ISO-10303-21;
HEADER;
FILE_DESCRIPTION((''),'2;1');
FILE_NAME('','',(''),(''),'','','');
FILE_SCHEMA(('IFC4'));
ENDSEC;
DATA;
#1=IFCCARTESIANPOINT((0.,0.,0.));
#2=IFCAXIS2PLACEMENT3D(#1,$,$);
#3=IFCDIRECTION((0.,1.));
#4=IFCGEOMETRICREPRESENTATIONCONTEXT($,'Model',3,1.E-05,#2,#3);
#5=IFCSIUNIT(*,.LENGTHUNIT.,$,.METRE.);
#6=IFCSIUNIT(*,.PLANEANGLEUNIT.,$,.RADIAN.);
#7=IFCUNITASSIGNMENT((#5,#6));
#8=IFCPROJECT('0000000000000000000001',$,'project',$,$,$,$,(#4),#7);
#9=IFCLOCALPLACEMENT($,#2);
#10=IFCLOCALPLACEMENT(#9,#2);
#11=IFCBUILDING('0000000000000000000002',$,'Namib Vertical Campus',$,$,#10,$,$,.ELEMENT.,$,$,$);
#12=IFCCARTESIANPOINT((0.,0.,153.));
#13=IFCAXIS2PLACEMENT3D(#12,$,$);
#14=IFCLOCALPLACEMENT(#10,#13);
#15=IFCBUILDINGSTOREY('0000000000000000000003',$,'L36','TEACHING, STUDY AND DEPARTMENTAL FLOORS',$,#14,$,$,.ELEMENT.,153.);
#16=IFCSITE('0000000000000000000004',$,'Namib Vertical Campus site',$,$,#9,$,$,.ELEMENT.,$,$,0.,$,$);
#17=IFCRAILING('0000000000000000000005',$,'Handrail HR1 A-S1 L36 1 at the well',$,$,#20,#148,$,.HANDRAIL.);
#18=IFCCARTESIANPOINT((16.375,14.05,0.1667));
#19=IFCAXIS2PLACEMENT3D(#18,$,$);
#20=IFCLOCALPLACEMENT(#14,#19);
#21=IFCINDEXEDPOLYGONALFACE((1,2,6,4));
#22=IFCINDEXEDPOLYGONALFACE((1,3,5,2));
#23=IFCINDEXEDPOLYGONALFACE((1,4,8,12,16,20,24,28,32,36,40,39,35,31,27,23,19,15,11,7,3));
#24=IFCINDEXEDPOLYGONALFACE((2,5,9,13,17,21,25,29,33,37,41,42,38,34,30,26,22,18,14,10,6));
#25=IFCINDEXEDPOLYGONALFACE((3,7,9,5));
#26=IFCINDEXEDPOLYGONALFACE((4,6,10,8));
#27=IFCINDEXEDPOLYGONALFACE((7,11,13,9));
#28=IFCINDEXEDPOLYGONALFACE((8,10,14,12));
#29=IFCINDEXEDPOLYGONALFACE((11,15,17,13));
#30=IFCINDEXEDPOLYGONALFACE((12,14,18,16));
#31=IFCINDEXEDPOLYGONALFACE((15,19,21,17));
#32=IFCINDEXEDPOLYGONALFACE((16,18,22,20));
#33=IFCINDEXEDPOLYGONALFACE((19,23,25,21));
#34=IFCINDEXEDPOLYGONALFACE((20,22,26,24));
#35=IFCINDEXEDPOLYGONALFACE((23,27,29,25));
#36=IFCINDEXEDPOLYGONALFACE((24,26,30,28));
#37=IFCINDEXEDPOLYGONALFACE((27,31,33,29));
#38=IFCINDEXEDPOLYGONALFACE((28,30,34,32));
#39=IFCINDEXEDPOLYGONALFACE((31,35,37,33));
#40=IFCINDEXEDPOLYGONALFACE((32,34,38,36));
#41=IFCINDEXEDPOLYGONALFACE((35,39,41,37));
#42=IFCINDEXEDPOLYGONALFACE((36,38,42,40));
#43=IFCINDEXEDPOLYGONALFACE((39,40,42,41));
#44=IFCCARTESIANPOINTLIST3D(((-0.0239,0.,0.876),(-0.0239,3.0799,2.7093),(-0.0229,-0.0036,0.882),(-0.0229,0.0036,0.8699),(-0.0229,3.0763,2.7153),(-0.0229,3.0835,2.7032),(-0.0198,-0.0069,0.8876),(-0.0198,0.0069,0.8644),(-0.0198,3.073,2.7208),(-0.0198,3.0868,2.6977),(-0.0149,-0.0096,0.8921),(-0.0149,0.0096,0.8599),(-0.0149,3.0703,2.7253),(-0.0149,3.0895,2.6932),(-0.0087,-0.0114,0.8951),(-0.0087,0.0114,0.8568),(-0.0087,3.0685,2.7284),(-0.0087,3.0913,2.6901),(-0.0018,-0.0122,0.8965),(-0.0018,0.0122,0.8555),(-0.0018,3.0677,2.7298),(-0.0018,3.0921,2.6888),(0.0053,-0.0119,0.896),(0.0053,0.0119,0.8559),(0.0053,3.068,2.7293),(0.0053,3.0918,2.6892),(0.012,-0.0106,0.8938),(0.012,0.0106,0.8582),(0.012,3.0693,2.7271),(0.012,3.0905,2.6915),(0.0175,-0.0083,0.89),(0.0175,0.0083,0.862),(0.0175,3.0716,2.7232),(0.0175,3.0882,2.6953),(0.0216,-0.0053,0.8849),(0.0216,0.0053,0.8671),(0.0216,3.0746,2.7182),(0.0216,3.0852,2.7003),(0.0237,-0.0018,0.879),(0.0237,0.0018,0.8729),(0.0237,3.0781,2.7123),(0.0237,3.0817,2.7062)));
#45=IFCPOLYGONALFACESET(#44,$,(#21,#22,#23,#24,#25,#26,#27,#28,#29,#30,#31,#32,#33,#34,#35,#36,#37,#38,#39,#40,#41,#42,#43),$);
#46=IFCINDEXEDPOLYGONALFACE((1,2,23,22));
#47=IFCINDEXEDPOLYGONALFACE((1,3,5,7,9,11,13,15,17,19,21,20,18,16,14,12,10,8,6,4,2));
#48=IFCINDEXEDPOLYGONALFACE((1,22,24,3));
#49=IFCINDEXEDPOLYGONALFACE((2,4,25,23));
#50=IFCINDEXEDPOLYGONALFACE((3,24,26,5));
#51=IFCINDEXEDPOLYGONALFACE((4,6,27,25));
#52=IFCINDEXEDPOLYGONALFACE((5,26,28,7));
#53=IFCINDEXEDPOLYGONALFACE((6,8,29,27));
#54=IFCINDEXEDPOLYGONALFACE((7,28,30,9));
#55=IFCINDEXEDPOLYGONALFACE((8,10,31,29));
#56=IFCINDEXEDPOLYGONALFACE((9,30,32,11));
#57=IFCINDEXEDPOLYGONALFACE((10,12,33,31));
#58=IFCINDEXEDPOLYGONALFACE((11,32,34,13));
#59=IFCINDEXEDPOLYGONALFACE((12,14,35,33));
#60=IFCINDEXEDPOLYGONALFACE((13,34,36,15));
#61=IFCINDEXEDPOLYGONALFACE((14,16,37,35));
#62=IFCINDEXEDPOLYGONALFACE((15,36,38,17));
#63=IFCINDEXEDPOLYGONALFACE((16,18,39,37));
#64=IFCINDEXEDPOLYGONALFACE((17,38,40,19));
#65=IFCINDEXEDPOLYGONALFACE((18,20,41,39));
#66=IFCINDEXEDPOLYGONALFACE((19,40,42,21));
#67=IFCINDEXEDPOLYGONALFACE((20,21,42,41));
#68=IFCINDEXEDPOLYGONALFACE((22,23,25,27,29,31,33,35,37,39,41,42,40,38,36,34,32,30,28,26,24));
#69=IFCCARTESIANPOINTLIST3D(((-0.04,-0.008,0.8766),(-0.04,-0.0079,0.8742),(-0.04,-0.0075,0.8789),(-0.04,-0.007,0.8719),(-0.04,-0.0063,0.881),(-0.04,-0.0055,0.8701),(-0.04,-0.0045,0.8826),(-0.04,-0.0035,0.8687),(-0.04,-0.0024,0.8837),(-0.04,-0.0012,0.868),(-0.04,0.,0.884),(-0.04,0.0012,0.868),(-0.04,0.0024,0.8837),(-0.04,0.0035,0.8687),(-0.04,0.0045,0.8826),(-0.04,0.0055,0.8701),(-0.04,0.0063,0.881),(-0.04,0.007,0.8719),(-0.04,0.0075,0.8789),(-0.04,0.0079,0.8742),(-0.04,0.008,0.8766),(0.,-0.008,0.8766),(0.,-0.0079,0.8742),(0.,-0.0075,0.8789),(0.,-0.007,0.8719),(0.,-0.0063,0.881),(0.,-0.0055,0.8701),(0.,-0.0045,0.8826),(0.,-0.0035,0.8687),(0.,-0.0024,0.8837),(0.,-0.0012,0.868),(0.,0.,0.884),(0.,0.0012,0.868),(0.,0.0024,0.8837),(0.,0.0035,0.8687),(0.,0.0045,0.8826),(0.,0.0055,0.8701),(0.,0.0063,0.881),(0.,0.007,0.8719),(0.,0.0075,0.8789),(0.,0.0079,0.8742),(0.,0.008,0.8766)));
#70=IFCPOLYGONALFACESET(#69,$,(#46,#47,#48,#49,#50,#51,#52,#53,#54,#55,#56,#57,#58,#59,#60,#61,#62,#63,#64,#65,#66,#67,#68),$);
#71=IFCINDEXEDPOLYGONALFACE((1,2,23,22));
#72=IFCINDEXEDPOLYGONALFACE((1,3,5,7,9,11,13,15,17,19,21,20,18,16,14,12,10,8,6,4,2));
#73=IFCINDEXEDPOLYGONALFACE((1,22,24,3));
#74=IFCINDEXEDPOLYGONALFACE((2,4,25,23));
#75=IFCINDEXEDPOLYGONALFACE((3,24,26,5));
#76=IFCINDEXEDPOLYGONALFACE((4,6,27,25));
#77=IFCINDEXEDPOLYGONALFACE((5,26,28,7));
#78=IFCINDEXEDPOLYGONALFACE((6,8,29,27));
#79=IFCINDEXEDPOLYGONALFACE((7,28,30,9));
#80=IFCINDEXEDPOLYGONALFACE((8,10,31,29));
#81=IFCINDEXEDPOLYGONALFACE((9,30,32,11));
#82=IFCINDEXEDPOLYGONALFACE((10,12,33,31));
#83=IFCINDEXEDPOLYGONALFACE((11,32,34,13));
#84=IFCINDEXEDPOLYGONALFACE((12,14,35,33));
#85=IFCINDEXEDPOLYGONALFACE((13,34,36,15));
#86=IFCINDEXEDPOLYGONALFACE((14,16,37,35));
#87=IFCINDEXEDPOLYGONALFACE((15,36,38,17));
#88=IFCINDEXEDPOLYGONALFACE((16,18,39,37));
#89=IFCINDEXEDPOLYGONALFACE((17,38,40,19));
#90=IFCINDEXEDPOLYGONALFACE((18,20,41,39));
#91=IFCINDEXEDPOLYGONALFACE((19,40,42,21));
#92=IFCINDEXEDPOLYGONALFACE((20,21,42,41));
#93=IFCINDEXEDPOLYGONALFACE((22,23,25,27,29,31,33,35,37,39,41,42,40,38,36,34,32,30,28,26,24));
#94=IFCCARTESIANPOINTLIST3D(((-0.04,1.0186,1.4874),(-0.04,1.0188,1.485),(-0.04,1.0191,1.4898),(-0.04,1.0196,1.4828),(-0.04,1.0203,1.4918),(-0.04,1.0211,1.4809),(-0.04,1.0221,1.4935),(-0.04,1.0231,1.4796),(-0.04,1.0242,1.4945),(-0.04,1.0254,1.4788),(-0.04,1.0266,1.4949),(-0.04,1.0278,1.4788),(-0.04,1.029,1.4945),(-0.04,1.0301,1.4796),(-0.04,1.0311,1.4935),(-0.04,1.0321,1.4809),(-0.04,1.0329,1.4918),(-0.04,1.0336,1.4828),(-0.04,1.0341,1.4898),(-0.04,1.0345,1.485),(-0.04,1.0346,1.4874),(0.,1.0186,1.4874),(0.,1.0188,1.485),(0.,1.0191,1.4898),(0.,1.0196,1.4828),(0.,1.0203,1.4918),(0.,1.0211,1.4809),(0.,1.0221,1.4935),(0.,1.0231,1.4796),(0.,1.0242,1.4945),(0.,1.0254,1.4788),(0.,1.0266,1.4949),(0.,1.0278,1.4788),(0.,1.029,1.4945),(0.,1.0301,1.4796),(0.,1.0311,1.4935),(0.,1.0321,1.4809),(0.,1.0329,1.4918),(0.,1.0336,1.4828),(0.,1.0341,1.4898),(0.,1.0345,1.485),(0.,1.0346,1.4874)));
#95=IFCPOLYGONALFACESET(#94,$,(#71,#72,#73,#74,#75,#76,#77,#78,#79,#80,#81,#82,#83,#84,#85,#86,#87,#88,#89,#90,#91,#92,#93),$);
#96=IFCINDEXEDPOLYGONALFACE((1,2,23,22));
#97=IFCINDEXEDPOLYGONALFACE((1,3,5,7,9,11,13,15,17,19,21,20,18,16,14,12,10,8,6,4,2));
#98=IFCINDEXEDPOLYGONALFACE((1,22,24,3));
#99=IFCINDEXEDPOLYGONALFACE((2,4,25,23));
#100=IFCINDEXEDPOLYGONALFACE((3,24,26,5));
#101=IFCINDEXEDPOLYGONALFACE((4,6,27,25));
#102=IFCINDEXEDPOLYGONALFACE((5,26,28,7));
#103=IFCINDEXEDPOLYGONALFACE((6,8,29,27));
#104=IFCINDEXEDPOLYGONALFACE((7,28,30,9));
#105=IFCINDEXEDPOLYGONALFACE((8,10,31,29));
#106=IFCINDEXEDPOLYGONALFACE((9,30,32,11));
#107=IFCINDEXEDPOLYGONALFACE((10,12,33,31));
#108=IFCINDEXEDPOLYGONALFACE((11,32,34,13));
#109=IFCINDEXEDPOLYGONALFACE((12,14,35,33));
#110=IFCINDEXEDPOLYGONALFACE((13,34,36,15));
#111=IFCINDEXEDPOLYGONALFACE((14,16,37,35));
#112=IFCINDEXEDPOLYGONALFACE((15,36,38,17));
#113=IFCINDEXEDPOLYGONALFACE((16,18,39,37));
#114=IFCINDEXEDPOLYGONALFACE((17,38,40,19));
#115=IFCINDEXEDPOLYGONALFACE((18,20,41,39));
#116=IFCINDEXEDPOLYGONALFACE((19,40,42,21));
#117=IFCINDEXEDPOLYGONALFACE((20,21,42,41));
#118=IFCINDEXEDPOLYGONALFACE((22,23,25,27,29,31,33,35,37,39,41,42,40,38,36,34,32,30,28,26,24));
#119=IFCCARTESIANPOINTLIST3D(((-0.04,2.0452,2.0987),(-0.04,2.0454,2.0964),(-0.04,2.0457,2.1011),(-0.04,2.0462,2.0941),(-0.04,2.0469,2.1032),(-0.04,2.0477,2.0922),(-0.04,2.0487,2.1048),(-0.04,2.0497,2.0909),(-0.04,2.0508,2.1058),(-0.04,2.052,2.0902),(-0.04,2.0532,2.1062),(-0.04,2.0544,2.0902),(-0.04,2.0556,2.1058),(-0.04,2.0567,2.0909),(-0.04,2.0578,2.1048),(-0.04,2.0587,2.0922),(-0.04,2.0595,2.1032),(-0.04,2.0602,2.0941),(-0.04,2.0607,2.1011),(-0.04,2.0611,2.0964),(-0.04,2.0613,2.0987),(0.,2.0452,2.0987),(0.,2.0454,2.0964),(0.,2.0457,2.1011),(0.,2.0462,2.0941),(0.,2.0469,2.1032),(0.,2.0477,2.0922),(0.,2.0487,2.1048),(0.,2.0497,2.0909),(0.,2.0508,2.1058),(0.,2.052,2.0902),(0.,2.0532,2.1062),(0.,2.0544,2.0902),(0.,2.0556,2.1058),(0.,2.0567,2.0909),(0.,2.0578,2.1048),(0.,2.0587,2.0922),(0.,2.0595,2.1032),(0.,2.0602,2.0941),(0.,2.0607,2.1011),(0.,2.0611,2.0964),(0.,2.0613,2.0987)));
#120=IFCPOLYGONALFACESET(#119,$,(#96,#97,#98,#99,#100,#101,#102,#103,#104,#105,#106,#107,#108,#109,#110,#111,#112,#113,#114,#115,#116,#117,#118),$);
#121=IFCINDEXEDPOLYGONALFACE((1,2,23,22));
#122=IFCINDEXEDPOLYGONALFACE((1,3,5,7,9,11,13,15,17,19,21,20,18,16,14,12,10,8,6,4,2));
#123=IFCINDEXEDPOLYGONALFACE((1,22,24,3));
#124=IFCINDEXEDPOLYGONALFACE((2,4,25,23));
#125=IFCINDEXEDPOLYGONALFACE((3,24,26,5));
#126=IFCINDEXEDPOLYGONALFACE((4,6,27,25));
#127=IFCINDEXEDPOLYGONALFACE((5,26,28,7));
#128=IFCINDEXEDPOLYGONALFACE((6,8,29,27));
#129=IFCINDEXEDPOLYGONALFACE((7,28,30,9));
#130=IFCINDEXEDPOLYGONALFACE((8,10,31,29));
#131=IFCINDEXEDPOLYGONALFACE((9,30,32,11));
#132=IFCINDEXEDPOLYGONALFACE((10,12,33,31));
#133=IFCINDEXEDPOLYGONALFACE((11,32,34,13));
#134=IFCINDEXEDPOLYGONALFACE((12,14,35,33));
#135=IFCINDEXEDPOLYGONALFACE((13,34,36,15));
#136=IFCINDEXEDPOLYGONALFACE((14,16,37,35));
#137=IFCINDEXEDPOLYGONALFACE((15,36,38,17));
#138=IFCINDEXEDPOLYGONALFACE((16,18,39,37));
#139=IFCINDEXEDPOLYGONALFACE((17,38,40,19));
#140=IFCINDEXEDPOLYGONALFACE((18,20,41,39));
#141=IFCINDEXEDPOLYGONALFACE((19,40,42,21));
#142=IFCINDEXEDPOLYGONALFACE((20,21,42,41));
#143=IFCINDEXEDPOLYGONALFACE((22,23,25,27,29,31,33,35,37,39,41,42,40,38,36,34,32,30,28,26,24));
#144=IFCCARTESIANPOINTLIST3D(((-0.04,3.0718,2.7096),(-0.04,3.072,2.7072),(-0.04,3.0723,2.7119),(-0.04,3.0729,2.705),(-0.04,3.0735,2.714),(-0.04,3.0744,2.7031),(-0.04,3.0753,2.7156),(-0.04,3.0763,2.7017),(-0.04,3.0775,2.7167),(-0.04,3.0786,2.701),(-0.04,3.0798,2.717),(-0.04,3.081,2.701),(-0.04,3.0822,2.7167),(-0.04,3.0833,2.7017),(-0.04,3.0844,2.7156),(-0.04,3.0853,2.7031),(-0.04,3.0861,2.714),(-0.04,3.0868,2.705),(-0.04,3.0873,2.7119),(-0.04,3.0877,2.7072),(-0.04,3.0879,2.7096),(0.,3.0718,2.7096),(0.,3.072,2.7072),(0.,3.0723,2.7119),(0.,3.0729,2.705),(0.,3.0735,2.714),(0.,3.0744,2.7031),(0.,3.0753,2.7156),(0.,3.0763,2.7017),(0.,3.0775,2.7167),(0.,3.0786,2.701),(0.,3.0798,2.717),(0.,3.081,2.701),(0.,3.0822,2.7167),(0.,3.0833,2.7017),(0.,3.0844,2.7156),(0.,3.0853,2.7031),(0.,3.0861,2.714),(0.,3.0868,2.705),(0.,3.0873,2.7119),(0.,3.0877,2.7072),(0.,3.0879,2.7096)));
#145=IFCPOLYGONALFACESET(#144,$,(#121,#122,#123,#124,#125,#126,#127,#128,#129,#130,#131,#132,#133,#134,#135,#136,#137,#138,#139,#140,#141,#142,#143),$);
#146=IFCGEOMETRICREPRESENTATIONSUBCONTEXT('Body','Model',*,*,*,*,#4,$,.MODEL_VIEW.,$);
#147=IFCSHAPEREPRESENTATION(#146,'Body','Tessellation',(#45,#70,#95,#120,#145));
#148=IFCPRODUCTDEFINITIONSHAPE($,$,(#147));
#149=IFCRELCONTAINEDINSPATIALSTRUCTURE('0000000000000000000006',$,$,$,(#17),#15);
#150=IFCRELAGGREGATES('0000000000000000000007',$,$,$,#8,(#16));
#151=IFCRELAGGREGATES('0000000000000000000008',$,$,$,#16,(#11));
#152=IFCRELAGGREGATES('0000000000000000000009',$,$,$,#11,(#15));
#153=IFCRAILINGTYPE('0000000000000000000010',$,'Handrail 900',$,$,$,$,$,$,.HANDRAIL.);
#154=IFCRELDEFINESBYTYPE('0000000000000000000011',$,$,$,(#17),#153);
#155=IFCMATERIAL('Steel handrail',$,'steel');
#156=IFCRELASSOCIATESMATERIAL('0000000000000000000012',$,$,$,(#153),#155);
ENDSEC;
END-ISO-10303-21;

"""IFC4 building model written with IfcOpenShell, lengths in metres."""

from ifc_helpers import new_model, si_unit, direction, frame, origin, origin_2d, place, context, subcontext, project, spatial, circle, extrude, material, type_object, element, save


model = new_model("IFC4")

# Units and contexts
model_context = context("Model", 3, precision=1e-05, world=origin(), true_north=direction((0.0, 1.0)))
body_context = subcontext(model_context, "Body", "Model", "MODEL_VIEW")
ifc_project = project(units=[si_unit("LENGTHUNIT", "METRE"), si_unit("PLANEANGLEUNIT", "RADIAN")], contexts=[model_context])

# Site, building, storey
site_placement = place(None, origin())
site = spatial("IfcSite", under=ifc_project, at=site_placement, Name="Namib Vertical Campus site", CompositionType="ELEMENT", RefElevation=0.0)
building_placement = place(site_placement, origin())
building = spatial("IfcBuilding", under=site, at=building_placement, Name="Namib Vertical Campus", CompositionType="ELEMENT")
storey_placement = place(building_placement, frame((0.0, 0.0, 153.0)))
storey = spatial("IfcBuildingStorey", under=building, at=storey_placement, Name="L36", Description="TEACHING, STUDY AND DEPARTMENTAL FLOORS", CompositionType="ELEMENT", Elevation=153.0)

# Railing
ifc_material_1 = material(Name="Steel handrail", Category="steel")
railing_type_1 = type_object("IfcRailingType", Name="Handrail 900", PredefinedType="HANDRAIL", material=ifc_material_1)
railing_1_placement = place(storey_placement, frame((16.375, 14.05, 0.1667)))
element("IfcRailing", 1, at=railing_1_placement, inside=storey, type_object=railing_type_1, Name="Handrail HR1 A-S1 L36 1 at the well", PredefinedType="HANDRAIL", context=body_context, shape_type="SweptSolid", body=[
    extrude(circle(Radius=0.0239, at=origin_2d()), frame((0.0, 0.0, 0.876), z_axis=(0.0, 0.859291, 0.511487), x_axis=(-1.0, 0.0, 0.0)), (0.0, 0.0, 1.0), 3.5842),
    extrude(circle(Radius=0.0081, at=origin_2d()), frame((0.0, 0.0, 0.876), z_axis=(-1.0, 0.0, 0.0), x_axis=(0.0, 0.0, 1.0)), (0.0, 0.0, 1.0), 0.04),
    extrude(circle(Radius=0.0081, at=origin_2d()), frame((0.0, 1.0266, 1.4868), z_axis=(-1.0, 0.0, 0.0), x_axis=(0.0, 0.0, 1.0)), (0.0, 0.0, 1.0), 0.04),
    extrude(circle(Radius=0.0081, at=origin_2d()), frame((0.0, 2.0532, 2.0981), z_axis=(-1.0, 0.0, 0.0), x_axis=(0.0, 0.0, 1.0)), (0.0, 0.0, 1.0), 0.04),
    extrude(circle(Radius=0.0081, at=origin_2d()), frame((0.0, 3.0798, 2.709), z_axis=(-1.0, 0.0, 0.0), x_axis=(0.0, 0.0, 1.0)), (0.0, 0.0, 1.0), 0.04),
])

save(model, "model.ifc")
